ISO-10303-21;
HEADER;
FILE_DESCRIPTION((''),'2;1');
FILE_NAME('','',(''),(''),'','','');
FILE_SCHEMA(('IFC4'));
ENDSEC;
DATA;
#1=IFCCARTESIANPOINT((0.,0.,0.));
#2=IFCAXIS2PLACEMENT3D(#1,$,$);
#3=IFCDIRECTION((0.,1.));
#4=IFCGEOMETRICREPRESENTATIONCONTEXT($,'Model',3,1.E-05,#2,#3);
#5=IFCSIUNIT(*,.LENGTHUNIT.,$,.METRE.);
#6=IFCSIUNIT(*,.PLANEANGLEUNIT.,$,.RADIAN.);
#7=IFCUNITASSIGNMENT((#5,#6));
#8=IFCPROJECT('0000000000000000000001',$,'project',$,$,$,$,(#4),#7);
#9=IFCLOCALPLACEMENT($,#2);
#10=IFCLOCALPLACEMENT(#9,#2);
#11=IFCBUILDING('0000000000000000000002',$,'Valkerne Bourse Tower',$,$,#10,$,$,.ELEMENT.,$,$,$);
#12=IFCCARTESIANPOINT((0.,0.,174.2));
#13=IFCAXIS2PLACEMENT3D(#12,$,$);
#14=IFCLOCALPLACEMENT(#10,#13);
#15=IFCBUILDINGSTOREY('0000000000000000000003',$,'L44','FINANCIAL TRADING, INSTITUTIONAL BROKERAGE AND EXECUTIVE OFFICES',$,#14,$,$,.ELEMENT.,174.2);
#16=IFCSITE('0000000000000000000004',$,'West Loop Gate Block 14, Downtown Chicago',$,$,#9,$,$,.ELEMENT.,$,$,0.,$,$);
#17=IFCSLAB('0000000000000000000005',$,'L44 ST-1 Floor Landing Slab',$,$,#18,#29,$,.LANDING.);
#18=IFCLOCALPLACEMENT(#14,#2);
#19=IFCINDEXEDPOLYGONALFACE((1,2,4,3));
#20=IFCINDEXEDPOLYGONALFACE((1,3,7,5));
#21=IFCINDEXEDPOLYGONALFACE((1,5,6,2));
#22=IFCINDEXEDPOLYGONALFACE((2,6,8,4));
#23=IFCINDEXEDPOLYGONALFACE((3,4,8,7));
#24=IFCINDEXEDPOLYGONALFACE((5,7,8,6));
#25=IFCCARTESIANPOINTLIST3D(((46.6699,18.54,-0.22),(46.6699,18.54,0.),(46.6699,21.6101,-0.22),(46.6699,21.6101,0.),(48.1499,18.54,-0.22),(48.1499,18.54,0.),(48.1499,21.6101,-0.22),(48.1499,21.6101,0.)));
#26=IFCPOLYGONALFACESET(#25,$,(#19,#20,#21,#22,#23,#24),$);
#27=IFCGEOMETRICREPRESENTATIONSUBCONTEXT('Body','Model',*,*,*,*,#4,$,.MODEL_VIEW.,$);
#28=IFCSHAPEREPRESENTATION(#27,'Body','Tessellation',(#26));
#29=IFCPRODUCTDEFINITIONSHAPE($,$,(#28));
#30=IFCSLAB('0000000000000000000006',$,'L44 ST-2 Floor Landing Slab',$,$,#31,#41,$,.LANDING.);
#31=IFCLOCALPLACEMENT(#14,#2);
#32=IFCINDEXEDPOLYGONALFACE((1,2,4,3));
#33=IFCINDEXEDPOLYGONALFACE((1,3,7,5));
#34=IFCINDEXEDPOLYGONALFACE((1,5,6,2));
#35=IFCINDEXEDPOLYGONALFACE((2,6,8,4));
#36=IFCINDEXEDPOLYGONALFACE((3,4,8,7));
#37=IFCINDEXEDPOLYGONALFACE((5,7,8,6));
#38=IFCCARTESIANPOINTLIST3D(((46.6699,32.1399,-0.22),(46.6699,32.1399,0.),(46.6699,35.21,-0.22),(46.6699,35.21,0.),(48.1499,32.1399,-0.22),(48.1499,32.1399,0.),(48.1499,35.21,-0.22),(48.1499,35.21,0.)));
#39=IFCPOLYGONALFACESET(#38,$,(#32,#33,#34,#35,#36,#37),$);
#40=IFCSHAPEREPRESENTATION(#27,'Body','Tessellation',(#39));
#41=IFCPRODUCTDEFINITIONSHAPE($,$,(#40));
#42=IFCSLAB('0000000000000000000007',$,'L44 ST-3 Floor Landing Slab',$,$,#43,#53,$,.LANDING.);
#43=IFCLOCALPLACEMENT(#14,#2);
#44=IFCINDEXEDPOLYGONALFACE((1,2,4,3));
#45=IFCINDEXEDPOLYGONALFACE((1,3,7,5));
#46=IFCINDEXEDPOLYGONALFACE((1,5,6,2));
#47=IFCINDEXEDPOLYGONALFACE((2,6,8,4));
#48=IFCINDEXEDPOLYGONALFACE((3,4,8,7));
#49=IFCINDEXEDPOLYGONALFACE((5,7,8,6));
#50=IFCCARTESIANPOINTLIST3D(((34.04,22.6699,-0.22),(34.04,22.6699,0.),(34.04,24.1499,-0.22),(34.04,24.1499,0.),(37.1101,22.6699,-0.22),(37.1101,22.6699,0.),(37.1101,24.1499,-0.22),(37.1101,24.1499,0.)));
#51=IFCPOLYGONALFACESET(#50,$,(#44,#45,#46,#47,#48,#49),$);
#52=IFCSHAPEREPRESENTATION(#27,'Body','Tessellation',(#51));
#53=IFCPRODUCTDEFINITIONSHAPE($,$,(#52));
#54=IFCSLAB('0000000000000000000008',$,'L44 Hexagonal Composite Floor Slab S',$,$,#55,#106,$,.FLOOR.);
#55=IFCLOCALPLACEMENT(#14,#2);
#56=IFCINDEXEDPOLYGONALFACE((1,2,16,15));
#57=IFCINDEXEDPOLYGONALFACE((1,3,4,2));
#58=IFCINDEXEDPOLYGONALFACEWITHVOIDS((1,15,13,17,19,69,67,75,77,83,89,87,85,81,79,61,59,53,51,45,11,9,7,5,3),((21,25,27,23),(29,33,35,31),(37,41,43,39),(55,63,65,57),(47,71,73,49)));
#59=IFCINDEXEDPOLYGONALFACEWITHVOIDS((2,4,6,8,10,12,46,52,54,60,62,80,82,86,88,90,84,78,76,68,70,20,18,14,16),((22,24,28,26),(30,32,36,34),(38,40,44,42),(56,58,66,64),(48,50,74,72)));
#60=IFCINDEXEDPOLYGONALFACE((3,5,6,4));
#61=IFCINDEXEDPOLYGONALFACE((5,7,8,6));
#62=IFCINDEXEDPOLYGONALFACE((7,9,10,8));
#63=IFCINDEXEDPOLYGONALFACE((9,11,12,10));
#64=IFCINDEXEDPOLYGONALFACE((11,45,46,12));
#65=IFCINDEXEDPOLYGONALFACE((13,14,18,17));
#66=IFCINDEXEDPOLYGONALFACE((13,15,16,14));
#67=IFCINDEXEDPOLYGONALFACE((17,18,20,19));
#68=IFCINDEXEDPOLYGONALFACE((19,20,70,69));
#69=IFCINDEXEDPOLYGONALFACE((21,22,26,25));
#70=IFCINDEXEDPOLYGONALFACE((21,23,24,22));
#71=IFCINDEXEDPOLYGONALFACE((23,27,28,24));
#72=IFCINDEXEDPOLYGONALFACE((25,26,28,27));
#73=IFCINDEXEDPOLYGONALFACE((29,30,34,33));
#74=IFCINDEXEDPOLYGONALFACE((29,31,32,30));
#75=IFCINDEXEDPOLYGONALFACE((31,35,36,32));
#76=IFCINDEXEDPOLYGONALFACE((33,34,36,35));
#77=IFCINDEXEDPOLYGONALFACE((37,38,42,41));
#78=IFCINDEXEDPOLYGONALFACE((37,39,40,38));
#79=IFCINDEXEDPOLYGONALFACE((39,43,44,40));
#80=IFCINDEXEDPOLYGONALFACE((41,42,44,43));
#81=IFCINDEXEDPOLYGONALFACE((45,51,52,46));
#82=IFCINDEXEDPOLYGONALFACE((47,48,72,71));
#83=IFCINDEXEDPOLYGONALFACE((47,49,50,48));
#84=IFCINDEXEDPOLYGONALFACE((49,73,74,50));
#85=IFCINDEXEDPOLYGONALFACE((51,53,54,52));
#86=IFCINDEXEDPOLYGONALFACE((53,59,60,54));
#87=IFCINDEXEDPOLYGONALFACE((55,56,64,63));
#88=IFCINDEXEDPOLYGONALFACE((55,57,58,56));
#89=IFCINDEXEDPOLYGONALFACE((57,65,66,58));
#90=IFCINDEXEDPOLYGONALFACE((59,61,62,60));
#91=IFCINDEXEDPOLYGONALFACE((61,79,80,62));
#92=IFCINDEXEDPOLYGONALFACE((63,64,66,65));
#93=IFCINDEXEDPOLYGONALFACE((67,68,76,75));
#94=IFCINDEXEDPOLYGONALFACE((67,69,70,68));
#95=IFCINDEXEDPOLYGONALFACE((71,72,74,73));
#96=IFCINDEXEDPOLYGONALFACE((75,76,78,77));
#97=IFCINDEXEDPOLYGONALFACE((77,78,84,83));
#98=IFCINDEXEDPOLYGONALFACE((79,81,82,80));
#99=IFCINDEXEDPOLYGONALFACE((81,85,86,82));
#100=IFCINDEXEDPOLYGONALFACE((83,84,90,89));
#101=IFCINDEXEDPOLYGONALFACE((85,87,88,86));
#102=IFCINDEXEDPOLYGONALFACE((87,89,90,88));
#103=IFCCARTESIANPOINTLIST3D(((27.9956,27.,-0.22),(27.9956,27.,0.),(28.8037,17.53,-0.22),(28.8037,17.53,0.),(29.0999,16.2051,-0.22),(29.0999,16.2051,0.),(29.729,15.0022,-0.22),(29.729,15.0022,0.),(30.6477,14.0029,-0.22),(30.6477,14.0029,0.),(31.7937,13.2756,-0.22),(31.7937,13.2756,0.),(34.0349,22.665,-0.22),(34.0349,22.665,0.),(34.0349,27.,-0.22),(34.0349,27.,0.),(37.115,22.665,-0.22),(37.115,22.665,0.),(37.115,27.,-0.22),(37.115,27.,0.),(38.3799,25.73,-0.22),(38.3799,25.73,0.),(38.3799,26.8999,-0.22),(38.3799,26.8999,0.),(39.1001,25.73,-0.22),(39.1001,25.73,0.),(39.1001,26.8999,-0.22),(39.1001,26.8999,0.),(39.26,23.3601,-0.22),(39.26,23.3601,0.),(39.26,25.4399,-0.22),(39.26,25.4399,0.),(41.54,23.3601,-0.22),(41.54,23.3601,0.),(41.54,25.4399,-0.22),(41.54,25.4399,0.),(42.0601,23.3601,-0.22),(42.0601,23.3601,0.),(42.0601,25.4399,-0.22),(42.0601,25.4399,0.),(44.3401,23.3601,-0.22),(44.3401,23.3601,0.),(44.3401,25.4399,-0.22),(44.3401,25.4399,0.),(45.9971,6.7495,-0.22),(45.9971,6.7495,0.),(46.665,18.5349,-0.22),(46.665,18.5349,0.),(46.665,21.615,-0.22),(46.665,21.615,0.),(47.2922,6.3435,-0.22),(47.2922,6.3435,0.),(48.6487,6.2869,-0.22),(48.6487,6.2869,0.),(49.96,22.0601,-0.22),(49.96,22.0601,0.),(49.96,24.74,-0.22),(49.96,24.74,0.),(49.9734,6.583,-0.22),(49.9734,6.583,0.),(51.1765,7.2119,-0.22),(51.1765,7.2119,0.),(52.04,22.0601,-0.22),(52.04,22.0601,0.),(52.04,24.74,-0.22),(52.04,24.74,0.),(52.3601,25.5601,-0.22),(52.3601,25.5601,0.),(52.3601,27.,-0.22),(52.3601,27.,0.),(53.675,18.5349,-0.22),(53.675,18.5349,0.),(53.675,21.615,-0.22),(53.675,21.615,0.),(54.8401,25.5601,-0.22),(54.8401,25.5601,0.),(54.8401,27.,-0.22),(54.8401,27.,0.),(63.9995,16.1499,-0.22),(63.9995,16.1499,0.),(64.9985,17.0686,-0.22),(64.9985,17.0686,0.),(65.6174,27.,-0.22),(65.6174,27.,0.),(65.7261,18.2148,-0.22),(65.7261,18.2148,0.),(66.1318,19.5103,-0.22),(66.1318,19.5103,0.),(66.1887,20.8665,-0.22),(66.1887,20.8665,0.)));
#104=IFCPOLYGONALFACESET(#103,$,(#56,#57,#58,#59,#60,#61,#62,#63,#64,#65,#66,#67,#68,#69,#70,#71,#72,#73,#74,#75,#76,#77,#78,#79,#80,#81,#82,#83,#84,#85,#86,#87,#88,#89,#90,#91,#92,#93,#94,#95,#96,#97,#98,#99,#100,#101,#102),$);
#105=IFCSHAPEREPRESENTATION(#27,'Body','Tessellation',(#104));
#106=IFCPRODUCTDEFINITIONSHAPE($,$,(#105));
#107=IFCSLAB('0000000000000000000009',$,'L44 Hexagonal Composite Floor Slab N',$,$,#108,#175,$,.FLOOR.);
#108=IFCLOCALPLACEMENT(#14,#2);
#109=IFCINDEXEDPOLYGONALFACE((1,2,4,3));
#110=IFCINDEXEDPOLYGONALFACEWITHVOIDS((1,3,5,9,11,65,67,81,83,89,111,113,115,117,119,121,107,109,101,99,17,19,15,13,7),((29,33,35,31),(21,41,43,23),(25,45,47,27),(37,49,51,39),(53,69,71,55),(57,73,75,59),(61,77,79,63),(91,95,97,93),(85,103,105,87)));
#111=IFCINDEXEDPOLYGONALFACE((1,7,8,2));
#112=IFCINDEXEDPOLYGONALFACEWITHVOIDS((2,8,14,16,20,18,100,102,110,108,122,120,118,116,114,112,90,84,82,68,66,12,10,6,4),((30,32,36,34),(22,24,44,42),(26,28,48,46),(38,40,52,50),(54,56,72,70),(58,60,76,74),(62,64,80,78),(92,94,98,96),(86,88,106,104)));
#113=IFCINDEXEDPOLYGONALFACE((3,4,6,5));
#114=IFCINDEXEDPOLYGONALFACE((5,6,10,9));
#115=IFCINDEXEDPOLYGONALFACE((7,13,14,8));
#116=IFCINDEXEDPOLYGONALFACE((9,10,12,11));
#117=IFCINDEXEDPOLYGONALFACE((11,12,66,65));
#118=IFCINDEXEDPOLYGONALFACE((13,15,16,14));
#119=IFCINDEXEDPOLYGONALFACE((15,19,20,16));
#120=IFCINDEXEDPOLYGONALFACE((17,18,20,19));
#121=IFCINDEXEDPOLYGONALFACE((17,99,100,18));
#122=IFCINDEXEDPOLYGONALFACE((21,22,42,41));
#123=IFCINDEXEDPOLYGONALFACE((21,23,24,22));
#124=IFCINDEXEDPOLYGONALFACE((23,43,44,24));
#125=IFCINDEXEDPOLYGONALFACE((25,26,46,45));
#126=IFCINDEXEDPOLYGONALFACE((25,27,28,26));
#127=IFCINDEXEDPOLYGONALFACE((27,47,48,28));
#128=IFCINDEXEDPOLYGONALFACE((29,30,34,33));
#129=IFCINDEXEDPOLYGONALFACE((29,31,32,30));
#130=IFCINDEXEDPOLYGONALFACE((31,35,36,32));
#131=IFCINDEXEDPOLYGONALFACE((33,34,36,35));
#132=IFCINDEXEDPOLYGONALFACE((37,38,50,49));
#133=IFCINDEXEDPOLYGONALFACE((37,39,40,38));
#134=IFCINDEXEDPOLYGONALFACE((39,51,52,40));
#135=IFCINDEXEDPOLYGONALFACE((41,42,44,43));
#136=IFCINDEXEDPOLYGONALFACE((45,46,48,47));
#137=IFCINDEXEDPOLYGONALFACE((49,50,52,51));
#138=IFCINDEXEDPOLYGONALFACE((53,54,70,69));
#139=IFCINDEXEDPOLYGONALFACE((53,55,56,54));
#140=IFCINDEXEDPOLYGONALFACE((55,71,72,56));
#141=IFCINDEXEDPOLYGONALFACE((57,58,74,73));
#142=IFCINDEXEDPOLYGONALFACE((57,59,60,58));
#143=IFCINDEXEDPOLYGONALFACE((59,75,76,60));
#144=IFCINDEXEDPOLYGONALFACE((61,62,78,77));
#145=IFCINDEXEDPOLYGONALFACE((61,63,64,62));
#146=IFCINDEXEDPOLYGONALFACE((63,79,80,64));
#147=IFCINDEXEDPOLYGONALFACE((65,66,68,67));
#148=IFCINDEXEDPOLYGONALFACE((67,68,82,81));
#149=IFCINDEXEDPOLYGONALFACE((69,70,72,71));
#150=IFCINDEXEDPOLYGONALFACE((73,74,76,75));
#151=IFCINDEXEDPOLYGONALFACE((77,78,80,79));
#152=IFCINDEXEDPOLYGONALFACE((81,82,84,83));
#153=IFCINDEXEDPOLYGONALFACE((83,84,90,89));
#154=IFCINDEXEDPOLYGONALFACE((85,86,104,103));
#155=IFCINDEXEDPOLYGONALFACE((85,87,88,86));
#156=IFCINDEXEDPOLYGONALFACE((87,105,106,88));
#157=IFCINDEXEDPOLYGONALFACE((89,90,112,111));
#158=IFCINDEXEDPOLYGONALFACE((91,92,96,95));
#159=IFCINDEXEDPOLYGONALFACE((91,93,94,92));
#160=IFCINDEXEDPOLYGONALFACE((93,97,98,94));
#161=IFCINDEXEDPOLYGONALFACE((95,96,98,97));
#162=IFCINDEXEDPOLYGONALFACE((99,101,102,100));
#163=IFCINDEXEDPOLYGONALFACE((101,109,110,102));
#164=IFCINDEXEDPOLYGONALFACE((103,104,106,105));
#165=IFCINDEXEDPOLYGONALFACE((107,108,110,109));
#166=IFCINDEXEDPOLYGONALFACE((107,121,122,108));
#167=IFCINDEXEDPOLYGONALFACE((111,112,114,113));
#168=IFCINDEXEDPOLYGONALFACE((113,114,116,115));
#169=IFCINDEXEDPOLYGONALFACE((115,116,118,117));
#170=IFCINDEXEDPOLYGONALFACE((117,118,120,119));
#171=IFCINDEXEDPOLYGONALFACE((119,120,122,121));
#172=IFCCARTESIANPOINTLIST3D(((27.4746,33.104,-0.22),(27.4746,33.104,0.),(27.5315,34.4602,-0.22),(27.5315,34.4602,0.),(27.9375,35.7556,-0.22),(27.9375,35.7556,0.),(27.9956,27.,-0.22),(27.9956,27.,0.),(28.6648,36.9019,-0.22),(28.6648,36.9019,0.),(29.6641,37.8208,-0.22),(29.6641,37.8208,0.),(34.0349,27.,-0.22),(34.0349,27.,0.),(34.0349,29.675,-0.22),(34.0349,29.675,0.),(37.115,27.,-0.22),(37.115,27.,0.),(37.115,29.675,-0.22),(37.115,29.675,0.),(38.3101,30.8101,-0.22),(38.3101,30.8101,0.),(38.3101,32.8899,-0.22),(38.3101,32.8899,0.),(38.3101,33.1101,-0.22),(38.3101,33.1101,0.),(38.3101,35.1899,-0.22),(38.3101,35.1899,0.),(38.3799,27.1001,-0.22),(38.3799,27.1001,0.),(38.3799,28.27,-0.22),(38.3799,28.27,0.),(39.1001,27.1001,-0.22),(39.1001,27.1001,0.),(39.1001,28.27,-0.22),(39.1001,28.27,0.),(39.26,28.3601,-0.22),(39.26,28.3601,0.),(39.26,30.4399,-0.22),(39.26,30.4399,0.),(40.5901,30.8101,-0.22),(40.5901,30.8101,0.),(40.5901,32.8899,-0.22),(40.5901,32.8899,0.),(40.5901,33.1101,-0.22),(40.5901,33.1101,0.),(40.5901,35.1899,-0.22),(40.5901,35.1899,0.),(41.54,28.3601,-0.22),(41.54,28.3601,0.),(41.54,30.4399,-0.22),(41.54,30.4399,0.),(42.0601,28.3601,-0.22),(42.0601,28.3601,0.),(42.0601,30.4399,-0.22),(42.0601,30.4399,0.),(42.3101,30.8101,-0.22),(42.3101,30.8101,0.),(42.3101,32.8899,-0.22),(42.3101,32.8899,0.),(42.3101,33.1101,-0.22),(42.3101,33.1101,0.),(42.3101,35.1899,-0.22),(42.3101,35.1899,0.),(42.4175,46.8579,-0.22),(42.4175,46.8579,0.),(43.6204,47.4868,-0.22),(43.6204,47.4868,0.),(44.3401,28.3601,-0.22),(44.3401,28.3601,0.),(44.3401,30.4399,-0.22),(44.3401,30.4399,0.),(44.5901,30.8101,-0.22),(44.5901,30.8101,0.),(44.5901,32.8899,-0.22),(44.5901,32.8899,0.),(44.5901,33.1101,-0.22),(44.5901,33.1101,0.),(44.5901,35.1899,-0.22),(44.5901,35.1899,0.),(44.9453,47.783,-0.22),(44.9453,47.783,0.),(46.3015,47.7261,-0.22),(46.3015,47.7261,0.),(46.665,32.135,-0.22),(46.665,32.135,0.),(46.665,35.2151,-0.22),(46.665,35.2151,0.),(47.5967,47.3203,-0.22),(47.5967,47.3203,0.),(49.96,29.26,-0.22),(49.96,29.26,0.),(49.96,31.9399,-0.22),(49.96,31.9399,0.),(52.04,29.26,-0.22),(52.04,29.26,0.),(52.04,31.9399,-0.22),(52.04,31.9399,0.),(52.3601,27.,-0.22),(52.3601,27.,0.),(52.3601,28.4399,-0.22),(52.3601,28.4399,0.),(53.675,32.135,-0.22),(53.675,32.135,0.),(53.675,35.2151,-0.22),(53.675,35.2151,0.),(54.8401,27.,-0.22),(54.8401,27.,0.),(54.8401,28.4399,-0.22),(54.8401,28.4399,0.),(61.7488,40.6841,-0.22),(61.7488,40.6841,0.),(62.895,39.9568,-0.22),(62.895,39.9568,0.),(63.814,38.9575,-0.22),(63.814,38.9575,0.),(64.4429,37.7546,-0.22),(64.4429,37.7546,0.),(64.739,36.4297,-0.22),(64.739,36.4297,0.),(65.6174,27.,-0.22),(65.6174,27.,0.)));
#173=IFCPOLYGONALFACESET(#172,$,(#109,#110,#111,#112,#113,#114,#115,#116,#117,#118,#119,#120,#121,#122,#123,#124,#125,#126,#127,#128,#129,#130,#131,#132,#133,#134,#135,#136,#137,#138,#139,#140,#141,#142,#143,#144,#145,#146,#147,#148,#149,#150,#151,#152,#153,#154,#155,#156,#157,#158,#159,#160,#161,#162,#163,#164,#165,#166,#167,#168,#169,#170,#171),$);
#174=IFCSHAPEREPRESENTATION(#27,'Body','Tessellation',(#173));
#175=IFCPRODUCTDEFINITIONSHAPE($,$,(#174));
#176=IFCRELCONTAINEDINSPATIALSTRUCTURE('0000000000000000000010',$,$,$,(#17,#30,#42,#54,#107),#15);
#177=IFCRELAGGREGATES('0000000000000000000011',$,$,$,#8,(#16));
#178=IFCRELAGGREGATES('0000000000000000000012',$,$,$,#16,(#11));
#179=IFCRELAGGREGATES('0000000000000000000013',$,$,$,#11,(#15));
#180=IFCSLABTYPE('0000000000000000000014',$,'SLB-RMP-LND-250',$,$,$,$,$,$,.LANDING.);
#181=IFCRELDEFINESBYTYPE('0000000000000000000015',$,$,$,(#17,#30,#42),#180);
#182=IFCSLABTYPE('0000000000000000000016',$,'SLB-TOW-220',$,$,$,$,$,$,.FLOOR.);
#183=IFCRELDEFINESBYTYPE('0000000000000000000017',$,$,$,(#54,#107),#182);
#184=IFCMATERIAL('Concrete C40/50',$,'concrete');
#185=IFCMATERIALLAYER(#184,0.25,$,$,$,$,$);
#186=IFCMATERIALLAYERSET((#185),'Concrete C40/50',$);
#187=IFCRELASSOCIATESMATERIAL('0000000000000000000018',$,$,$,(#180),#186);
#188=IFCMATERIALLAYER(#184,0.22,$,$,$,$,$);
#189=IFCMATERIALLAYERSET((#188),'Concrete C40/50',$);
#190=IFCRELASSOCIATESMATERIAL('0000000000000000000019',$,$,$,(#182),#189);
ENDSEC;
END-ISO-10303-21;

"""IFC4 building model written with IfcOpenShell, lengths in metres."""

from ifc_helpers import new_model, si_unit, direction, frame, origin, place, context, subcontext, project, spatial, polyline, outline, extrude, material, layer, layer_set, type_object, element, save


model = new_model("IFC4")

# Units and contexts
model_context = context("Model", 3, precision=1e-05, world=origin(), true_north=direction((0.0, 1.0)))
body_context = subcontext(model_context, "Body", "Model", "MODEL_VIEW")
ifc_project = project(units=[si_unit("LENGTHUNIT", "METRE"), si_unit("PLANEANGLEUNIT", "RADIAN")], contexts=[model_context])

# Site, building, storey
site_placement = place(None, origin())
site = spatial("IfcSite", under=ifc_project, at=site_placement, Name="West Loop Gate Block 14, Downtown Chicago", CompositionType="ELEMENT", RefElevation=0.0)
building_placement = place(site_placement, origin())
building = spatial("IfcBuilding", under=site, at=building_placement, Name="Valkerne Bourse Tower", CompositionType="ELEMENT")
storey_placement = place(building_placement, frame((0.0, 0.0, 174.2)))
storey = spatial("IfcBuildingStorey", under=building, at=storey_placement, Name="L44", Description="FINANCIAL TRADING, INSTITUTIONAL BROKERAGE AND EXECUTIVE OFFICES", CompositionType="ELEMENT", Elevation=174.2)

# Slabs
ifc_material_1 = material(Name="Concrete C40/50", Category="concrete")
ifc_layer_1 = layer(ifc_material_1, 0.25)
ifc_layer_set_1 = layer_set([ifc_layer_1], Name="Concrete C40/50")
slab_type_1 = type_object("IfcSlabType", Name="SLB-RMP-LND-250", PredefinedType="LANDING", material=ifc_layer_set_1)
slab_1_placement = place(storey_placement, frame((0.0, 0.0, -0.22)))
element("IfcSlab", 1, at=slab_1_placement, inside=storey, type_object=slab_type_1, Name="L44 ST-1 Floor Landing Slab", PredefinedType="LANDING", context=body_context, shape_type="SweptSolid", body=[
    extrude(outline(polyline([(46.6699, 18.54), (48.1499, 18.54), (48.1499, 21.6101), (46.6699, 21.6101), (46.6699, 18.54)])), origin(), (0.0, 0.0, 1.0), 0.22),
])
slab_2_placement = place(storey_placement, frame((0.0, 0.0, -0.22)))
element("IfcSlab", 2, at=slab_2_placement, inside=storey, type_object=slab_type_1, Name="L44 ST-2 Floor Landing Slab", PredefinedType="LANDING", context=body_context, shape_type="SweptSolid", body=[
    extrude(outline(polyline([(46.6699, 32.1399), (48.1499, 32.1399), (48.1499, 35.21), (46.6699, 35.21), (46.6699, 32.1399)])), origin(), (0.0, 0.0, 1.0), 0.22),
])
slab_3_placement = place(storey_placement, frame((0.0, 0.0, -0.22)))
element("IfcSlab", 3, at=slab_3_placement, inside=storey, type_object=slab_type_1, Name="L44 ST-3 Floor Landing Slab", PredefinedType="LANDING", context=body_context, shape_type="SweptSolid", body=[
    extrude(outline(polyline([(37.1101, 22.6699), (37.1101, 24.1499), (34.04, 24.1499), (34.04, 22.6699), (37.1101, 22.6699)])), origin(), (0.0, 0.0, 1.0), 0.22),
])
ifc_layer_2 = layer(ifc_material_1, 0.22)
ifc_layer_set_2 = layer_set([ifc_layer_2], Name="Concrete C40/50")
slab_type_2 = type_object("IfcSlabType", Name="SLB-TOW-220", PredefinedType="FLOOR", material=ifc_layer_set_2)
slab_4_placement = place(storey_placement, frame((0.0, 0.0, -0.22)))
element("IfcSlab", 4, at=slab_4_placement, inside=storey, type_object=slab_type_2, Name="L44 Hexagonal Composite Floor Slab S", PredefinedType="FLOOR", context=body_context, shape_type="SweptSolid", body=[
    extrude(outline(polyline([(66.1318, 19.5103), (65.7261, 18.2148), (64.9985, 17.0686), (63.9995, 16.1499), (51.1765, 7.2119), (49.9734, 6.583), (48.6487, 6.2869), (47.2922, 6.3435), (45.9971, 6.7495), (31.7937, 13.2756), (30.6477, 14.0029), (29.729, 15.0022), (29.0999, 16.2051), (28.8037, 17.53), (27.9956, 27.0), (34.0349, 27.0), (34.0349, 22.665), (37.115, 22.665), (37.115, 27.0), (52.3601, 27.0), (52.3601, 25.5601), (54.8401, 25.5601), (54.8401, 27.0), (65.6174, 27.0), (66.1887, 20.8665), (66.1318, 19.5103)]), holes=[polyline([(41.54, 25.4399), (39.26, 25.4399), (39.26, 23.3601), (41.54, 23.3601), (41.54, 25.4399)]), polyline([(44.3401, 25.4399), (42.0601, 25.4399), (42.0601, 23.3601), (44.3401, 23.3601), (44.3401, 25.4399)]), polyline([(39.1001, 26.8999), (38.3799, 26.8999), (38.3799, 25.73), (39.1001, 25.73), (39.1001, 26.8999)]), polyline([(53.675, 21.615), (46.665, 21.615), (46.665, 18.5349), (53.675, 18.5349), (53.675, 21.615)]), polyline([(52.04, 24.74), (49.96, 24.74), (49.96, 22.0601), (52.04, 22.0601), (52.04, 24.74)])]), origin(), (0.0, 0.0, 1.0), 0.22),
])
slab_5_placement = place(storey_placement, frame((0.0, 0.0, -0.22)))
element("IfcSlab", 5, at=slab_5_placement, inside=storey, type_object=slab_type_2, Name="L44 Hexagonal Composite Floor Slab N", PredefinedType="FLOOR", context=body_context, shape_type="SweptSolid", body=[
    extrude(outline(polyline([(27.4746, 33.104), (27.5315, 34.4602), (27.9375, 35.7556), (28.6648, 36.9019), (29.6641, 37.8208), (42.4175, 46.8579), (43.6204, 47.4868), (44.9453, 47.783), (46.3015, 47.7261), (47.5967, 47.3203), (61.7488, 40.6841), (62.895, 39.9568), (63.814, 38.9575), (64.4429, 37.7546), (64.739, 36.4297), (65.6174, 27.0), (54.8401, 27.0), (54.8401, 28.4399), (52.3601, 28.4399), (52.3601, 27.0), (37.115, 27.0), (37.115, 29.675), (34.0349, 29.675), (34.0349, 27.0), (27.9956, 27.0), (27.4746, 33.104)]), holes=[polyline([(39.1001, 28.27), (38.3799, 28.27), (38.3799, 27.1001), (39.1001, 27.1001), (39.1001, 28.27)]), polyline([(41.54, 30.4399), (39.26, 30.4399), (39.26, 28.3601), (41.54, 28.3601), (41.54, 30.4399)]), polyline([(40.5901, 32.8899), (38.3101, 32.8899), (38.3101, 30.8101), (40.5901, 30.8101), (40.5901, 32.8899)]), polyline([(40.5901, 35.1899), (38.3101, 35.1899), (38.3101, 33.1101), (40.5901, 33.1101), (40.5901, 35.1899)]), polyline([(44.3401, 30.4399), (42.0601, 30.4399), (42.0601, 28.3601), (44.3401, 28.3601), (44.3401, 30.4399)]), polyline([(52.04, 31.9399), (49.96, 31.9399), (49.96, 29.26), (52.04, 29.26), (52.04, 31.9399)]), polyline([(44.5901, 32.8899), (42.3101, 32.8899), (42.3101, 30.8101), (44.5901, 30.8101), (44.5901, 32.8899)]), polyline([(53.675, 35.2151), (46.665, 35.2151), (46.665, 32.135), (53.675, 32.135), (53.675, 35.2151)]), polyline([(44.5901, 35.1899), (42.3101, 35.1899), (42.3101, 33.1101), (44.5901, 33.1101), (44.5901, 35.1899)])]), origin(), (0.0, 0.0, 1.0), 0.22),
])

save(model, "model.ifc")
